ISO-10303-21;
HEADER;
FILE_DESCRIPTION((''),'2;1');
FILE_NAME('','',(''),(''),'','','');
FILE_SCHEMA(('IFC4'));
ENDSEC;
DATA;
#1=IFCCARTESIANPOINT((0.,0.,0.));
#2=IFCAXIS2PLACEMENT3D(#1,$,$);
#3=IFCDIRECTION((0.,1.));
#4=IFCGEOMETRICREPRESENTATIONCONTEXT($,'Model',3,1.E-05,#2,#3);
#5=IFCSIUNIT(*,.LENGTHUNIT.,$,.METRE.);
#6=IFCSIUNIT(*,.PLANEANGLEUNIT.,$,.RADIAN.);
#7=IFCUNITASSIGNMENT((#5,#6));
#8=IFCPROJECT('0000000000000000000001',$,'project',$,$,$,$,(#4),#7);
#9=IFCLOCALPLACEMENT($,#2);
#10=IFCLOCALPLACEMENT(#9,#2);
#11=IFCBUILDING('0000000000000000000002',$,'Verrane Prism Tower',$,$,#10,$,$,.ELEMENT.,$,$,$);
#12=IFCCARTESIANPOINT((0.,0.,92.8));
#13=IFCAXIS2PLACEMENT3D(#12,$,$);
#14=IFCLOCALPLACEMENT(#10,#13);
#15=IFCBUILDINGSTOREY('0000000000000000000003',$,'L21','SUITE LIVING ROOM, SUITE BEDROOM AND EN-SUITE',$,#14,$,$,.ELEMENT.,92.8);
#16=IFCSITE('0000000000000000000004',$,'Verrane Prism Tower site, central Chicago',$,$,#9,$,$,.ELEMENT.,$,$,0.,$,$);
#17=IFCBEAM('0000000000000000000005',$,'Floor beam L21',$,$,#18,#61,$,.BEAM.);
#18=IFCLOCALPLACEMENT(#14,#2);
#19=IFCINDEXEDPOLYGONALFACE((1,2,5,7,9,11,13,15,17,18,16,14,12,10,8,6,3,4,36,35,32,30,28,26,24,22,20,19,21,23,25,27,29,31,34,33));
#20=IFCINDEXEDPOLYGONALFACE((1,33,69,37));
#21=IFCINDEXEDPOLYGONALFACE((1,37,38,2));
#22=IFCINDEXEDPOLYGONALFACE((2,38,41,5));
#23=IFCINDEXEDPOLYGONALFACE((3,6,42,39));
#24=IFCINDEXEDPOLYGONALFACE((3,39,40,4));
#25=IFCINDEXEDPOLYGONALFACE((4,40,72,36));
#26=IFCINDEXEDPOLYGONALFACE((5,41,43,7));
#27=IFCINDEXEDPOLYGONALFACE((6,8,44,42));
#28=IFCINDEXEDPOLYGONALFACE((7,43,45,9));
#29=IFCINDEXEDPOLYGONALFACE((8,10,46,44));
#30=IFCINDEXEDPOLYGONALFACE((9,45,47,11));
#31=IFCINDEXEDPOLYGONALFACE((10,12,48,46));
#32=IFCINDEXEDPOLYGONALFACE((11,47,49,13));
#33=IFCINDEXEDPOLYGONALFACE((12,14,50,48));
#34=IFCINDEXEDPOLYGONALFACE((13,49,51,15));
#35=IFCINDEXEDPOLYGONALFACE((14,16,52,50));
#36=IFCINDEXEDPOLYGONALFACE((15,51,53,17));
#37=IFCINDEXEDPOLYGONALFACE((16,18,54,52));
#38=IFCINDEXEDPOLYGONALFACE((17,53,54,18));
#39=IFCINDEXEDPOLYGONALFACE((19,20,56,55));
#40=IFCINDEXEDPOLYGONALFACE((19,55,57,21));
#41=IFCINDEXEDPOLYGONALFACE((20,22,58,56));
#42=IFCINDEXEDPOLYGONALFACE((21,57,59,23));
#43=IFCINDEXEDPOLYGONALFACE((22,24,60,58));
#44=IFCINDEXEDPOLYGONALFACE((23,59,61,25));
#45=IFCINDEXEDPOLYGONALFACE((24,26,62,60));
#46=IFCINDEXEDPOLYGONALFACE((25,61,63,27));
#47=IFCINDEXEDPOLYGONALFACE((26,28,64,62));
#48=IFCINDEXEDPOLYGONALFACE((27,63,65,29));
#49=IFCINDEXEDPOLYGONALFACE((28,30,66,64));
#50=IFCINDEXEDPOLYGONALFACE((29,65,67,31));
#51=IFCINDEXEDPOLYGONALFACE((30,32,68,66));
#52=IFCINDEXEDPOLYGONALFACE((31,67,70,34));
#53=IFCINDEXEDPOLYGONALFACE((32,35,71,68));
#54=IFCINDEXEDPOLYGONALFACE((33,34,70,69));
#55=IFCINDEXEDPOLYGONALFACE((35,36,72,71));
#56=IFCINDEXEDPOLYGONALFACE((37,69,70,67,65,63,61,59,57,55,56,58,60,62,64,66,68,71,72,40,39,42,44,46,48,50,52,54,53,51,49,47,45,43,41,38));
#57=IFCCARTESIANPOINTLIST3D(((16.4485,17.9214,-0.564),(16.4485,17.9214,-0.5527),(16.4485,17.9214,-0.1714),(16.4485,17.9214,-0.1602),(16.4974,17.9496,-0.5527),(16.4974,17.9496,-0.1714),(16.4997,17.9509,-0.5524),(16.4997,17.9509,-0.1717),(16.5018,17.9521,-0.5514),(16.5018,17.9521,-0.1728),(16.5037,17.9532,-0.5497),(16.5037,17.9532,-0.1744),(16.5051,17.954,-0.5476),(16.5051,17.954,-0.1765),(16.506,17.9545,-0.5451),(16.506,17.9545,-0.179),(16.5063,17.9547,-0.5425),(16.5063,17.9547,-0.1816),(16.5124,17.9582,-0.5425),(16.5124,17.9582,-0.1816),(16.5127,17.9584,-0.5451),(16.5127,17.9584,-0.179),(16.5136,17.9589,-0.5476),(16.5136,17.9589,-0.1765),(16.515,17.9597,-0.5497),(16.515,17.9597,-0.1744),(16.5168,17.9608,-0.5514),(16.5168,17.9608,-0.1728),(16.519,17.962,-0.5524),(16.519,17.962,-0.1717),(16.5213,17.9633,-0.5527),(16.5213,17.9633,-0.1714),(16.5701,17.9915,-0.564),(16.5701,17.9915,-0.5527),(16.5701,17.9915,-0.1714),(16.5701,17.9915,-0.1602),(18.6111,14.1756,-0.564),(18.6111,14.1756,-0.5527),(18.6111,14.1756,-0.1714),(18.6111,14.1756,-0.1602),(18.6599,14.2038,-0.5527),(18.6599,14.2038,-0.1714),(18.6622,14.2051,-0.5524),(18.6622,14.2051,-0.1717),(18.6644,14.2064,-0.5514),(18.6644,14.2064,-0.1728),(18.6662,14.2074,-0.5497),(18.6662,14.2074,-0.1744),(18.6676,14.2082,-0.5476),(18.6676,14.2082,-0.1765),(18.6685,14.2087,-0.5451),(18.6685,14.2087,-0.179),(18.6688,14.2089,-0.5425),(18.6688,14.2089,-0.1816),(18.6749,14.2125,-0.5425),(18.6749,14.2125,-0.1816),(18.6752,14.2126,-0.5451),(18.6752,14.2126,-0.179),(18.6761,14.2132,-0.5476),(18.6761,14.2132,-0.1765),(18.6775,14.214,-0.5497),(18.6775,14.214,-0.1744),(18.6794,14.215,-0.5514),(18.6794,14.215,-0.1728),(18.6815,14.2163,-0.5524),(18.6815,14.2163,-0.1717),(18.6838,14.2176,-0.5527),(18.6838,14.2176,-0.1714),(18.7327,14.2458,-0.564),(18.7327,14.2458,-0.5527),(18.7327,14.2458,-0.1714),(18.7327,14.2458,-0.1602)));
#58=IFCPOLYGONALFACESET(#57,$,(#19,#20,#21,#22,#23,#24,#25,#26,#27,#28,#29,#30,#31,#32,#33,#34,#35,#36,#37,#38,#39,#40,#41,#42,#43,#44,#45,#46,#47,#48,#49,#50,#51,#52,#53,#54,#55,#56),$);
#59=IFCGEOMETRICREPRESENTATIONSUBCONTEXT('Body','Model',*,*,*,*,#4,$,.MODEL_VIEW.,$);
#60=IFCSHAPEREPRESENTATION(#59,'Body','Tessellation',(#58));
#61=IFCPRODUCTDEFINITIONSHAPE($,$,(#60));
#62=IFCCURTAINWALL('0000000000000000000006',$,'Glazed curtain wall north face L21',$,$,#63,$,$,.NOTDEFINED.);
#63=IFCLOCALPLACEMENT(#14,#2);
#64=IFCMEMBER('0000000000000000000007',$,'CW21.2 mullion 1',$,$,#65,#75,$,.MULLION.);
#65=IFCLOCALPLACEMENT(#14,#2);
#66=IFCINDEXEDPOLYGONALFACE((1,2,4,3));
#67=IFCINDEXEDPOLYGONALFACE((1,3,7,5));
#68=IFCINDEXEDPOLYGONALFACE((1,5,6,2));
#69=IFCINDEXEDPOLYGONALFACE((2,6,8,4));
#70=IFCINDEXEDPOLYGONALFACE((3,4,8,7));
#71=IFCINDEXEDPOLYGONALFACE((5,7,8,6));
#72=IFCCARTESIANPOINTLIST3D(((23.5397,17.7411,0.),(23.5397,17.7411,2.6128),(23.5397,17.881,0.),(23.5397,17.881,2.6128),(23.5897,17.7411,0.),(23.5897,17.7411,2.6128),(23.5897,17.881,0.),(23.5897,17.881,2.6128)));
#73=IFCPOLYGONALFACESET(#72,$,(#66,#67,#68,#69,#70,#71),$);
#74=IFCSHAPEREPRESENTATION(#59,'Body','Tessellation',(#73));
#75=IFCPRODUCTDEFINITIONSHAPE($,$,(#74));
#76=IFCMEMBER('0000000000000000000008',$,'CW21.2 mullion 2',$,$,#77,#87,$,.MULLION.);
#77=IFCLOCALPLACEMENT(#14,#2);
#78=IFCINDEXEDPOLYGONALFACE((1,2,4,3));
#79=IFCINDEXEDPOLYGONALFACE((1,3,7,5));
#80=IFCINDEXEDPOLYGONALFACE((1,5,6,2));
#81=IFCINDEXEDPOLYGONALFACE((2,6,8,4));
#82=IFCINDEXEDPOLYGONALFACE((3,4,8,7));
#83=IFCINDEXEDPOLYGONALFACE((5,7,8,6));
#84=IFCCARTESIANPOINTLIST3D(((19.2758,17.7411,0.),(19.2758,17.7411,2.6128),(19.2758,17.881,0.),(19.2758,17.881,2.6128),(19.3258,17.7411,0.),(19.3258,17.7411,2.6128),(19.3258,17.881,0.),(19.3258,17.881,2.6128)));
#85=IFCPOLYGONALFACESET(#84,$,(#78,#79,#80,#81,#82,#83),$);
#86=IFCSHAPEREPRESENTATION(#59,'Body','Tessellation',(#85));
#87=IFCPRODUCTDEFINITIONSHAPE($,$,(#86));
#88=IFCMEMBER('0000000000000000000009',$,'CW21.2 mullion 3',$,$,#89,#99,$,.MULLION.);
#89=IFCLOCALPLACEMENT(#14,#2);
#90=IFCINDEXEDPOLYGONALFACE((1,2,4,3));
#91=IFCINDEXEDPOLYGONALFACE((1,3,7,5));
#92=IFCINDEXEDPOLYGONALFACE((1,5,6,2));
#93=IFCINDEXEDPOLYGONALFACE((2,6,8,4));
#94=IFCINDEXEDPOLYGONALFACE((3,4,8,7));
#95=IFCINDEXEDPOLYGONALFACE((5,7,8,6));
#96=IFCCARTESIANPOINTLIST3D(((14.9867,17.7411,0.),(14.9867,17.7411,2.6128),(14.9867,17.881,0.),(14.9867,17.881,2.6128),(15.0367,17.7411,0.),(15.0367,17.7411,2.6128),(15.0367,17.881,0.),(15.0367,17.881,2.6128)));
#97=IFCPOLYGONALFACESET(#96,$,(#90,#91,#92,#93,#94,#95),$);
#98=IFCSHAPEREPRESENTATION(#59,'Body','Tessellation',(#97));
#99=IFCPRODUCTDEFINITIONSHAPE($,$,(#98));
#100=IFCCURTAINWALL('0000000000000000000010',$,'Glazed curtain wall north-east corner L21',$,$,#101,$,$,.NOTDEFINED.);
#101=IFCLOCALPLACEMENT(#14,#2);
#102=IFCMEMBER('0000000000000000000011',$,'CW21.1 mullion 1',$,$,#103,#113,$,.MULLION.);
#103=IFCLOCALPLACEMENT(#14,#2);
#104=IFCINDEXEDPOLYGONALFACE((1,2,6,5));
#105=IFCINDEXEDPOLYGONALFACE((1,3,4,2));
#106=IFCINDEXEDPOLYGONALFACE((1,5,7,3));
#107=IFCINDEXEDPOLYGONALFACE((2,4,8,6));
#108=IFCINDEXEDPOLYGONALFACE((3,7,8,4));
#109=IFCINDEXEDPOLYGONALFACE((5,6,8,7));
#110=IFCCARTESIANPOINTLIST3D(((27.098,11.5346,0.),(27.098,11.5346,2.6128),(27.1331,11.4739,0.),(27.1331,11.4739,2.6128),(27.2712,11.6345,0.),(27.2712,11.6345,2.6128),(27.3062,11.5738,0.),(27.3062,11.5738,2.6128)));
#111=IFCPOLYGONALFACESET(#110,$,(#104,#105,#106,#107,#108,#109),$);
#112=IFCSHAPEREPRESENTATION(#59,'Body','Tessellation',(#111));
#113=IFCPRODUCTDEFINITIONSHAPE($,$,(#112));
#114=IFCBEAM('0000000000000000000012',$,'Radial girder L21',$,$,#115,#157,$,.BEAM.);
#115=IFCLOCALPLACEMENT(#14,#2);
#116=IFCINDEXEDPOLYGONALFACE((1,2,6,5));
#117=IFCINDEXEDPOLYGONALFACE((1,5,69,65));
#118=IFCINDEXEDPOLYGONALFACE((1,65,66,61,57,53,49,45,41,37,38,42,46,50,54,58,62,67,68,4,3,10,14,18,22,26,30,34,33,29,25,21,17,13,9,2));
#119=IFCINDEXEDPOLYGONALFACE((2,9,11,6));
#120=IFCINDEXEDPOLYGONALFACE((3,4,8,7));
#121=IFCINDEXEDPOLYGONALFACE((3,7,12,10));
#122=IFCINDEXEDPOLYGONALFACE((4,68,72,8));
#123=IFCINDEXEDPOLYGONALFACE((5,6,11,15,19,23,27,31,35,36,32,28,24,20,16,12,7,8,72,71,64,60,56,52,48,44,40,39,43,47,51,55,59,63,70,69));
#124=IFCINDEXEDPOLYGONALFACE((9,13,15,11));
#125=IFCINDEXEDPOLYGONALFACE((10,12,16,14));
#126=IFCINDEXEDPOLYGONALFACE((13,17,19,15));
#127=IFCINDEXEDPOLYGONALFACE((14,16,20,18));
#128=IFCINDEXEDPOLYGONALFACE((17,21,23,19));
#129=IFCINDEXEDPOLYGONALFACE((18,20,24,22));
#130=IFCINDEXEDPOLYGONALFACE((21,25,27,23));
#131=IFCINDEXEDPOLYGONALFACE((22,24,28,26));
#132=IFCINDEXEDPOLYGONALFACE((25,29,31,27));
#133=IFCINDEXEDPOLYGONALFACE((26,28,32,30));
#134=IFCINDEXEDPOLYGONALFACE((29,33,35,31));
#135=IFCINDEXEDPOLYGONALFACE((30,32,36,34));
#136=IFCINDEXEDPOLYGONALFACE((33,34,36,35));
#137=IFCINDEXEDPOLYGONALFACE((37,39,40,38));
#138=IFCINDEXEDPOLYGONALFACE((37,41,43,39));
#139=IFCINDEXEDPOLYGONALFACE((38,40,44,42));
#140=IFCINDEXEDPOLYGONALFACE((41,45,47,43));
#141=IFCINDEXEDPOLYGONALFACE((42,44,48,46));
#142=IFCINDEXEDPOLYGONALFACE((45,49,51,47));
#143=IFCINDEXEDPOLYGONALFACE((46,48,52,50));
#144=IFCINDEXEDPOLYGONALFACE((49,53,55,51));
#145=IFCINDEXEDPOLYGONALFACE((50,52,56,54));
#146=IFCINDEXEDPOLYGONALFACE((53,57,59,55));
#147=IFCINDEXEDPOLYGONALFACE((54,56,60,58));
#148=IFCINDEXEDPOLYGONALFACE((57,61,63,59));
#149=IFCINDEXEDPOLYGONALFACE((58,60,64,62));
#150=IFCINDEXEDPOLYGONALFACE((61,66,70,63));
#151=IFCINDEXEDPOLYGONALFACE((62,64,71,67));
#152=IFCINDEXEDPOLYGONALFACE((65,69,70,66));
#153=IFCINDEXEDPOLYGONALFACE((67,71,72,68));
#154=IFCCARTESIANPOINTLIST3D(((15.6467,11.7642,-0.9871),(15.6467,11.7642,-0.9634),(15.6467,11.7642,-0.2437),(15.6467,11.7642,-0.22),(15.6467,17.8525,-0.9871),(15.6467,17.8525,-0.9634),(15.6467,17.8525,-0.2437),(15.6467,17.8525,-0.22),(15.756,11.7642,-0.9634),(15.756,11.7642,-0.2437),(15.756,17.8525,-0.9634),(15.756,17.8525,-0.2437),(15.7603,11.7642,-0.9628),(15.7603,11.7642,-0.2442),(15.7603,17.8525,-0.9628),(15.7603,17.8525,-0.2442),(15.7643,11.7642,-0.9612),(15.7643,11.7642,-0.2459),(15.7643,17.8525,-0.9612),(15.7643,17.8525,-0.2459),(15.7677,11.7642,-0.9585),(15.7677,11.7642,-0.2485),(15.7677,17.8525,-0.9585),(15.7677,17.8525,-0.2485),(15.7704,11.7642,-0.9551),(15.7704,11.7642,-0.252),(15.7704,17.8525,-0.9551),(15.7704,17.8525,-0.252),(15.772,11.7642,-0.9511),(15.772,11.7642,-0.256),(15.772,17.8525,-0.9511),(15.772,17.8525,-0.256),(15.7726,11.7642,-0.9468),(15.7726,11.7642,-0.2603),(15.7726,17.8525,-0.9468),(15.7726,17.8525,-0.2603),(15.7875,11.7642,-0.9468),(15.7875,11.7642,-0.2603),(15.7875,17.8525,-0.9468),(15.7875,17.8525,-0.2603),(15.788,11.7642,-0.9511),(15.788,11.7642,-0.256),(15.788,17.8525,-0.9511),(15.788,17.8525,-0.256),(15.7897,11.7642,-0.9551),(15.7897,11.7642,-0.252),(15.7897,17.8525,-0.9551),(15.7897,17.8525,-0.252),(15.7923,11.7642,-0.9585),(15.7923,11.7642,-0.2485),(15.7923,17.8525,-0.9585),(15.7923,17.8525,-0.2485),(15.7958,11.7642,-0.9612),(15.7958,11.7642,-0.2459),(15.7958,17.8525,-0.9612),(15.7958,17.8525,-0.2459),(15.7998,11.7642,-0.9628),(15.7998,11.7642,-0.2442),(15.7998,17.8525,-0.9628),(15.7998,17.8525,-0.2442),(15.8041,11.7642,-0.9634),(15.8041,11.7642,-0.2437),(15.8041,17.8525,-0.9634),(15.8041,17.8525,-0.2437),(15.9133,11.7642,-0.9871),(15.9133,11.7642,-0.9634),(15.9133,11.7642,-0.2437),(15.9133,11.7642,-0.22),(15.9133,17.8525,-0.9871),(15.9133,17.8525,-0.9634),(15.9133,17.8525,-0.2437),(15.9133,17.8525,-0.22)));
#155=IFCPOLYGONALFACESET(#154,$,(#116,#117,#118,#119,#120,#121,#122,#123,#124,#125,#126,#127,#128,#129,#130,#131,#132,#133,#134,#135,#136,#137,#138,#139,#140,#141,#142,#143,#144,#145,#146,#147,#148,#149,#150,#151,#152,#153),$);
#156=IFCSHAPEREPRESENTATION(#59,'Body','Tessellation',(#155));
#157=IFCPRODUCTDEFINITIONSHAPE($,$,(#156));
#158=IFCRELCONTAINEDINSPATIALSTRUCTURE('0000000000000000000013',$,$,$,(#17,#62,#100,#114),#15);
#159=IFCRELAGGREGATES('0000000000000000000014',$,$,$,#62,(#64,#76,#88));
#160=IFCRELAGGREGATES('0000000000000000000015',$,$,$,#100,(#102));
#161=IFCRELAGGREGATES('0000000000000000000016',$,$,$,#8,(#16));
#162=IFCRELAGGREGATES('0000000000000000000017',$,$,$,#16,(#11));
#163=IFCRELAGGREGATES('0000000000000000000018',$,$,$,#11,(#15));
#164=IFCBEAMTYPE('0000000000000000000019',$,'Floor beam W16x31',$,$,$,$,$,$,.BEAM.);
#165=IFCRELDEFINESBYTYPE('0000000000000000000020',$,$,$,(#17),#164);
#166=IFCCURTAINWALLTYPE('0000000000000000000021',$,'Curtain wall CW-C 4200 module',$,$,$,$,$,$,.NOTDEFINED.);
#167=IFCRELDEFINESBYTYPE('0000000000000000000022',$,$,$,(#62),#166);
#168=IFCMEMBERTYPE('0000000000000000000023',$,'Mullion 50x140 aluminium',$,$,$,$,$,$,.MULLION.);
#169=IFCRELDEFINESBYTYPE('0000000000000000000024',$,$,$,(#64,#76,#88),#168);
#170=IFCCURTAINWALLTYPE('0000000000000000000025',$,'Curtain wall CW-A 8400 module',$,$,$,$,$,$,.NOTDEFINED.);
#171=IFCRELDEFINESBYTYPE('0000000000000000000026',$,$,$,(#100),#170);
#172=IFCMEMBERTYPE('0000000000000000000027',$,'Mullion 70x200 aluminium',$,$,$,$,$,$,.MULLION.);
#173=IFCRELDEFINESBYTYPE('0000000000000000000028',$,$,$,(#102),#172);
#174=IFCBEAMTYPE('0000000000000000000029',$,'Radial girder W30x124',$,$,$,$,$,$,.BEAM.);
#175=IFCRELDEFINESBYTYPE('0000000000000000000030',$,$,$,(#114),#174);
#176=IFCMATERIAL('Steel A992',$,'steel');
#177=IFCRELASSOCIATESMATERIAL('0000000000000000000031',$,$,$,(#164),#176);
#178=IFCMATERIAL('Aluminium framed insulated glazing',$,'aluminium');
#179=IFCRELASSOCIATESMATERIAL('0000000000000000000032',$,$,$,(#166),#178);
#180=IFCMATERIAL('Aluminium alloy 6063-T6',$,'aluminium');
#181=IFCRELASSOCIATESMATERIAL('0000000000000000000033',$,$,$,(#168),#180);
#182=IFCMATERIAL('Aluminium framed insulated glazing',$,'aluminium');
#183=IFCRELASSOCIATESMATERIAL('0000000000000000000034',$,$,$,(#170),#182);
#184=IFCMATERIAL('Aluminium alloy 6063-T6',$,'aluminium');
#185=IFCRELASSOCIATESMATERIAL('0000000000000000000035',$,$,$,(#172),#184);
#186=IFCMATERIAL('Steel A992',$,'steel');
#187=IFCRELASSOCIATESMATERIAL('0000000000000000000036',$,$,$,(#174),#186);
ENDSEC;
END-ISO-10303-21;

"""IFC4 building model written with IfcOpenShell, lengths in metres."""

from ifc_helpers import new_model, si_unit, direction, frame, origin, origin_2d, place, context, subcontext, project, spatial, rectangle, i_section, extrude, material, material_profile, profile_set, type_object, element, aggregate, save


model = new_model("IFC4")

# Units and contexts
model_context = context("Model", 3, precision=1e-05, world=origin(), true_north=direction((0.0, 1.0)))
body_context = subcontext(model_context, "Body", "Model", "MODEL_VIEW")
ifc_project = project(units=[si_unit("LENGTHUNIT", "METRE"), si_unit("PLANEANGLEUNIT", "RADIAN")], contexts=[model_context])

# Site, building, storey
site_placement = place(None, origin())
site = spatial("IfcSite", under=ifc_project, at=site_placement, Name="Verrane Prism Tower site, central Chicago", CompositionType="ELEMENT", RefElevation=0.0)
building_placement = place(site_placement, origin())
building = spatial("IfcBuilding", under=site, at=building_placement, Name="Verrane Prism Tower", CompositionType="ELEMENT")
storey_placement = place(building_placement, frame((0.0, 0.0, 92.8)))
storey = spatial("IfcBuildingStorey", under=building, at=storey_placement, Name="L21", Description="SUITE LIVING ROOM, SUITE BEDROOM AND EN-SUITE", CompositionType="ELEMENT", Elevation=92.8)

# Beam
ifc_material_1 = material(Name="Steel A992", Category="steel")
ifc_material_profile_1 = material_profile(ifc_material_1, i_section(OverallWidth=0.1404, OverallDepth=0.4038, WebThickness=0.0071, FlangeThickness=0.0112, FilletRadius=0.0103, at=origin_2d()), Name="W16x31")
ifc_profile_set_1 = profile_set([ifc_material_profile_1], Name="Steel A992")
beam_type_1 = type_object("IfcBeamType", Name="Floor beam W16x31", PredefinedType="BEAM", material=ifc_profile_set_1)
beam_1_placement = place(storey_placement, frame((18.6719, 14.2107, -0.3621), z_axis=(-0.499988, 0.866032, 0.0), x_axis=(-0.866032, -0.499988, 0.0)))
element("IfcBeam", 1, at=beam_1_placement, inside=storey, type_object=beam_type_1, Name="Floor beam L21", PredefinedType="BEAM", context=body_context, shape_type="SweptSolid", body=[
    extrude(i_section(OverallWidth=0.1404, OverallDepth=0.4038, WebThickness=0.0071, FlangeThickness=0.0112, FilletRadius=0.0103, at=origin_2d()), origin(), (0.0, 0.0, 1.0), 4.3252),
])

# Curtain wall, members
ifc_material_2 = material(Name="Aluminium framed insulated glazing", Category="aluminium")
curtain_wall_type_1 = type_object("IfcCurtainWallType", Name="Curtain wall CW-C 4200 module", PredefinedType="NOTDEFINED", material=ifc_material_2)
curtain_wall_1_placement = place(storey_placement, origin())
curtain_wall_1 = element("IfcCurtainWall", 2, at=curtain_wall_1_placement, inside=storey, type_object=curtain_wall_type_1, Name="Glazed curtain wall north face L21", PredefinedType="NOTDEFINED")
ifc_material_3 = material(Name="Aluminium alloy 6063-T6", Category="aluminium")
ifc_material_profile_2 = material_profile(ifc_material_3, rectangle(XDim=0.1399, YDim=0.05, at=origin_2d()), Name="Mullion 50x140 aluminium")
ifc_profile_set_2 = profile_set([ifc_material_profile_2], Name="Aluminium alloy 6063-T6")
member_type_1 = type_object("IfcMemberType", Name="Mullion 50x140 aluminium", PredefinedType="MULLION", material=ifc_profile_set_2)
member_1_placement = place(storey_placement, frame((23.5647, 17.811, 0.0), z_axis=(0.0, 0.0, 1.0), x_axis=(0.0, -1.0, 0.0)))
member_1 = element("IfcMember", 3, at=member_1_placement, type_object=member_type_1, Name="CW21.2 mullion 1", PredefinedType="MULLION", context=body_context, shape_type="SweptSolid", body=[
    extrude(rectangle(XDim=0.1399, YDim=0.05, at=origin_2d()), origin(), (0.0, 0.0, 1.0), 2.6128),
])
member_2_placement = place(storey_placement, frame((19.3008, 17.811, 0.0), z_axis=(0.0, 0.0, 1.0), x_axis=(0.0, -1.0, 0.0)))
member_2 = element("IfcMember", 4, at=member_2_placement, type_object=member_type_1, Name="CW21.2 mullion 2", PredefinedType="MULLION", context=body_context, shape_type="SweptSolid", body=[
    extrude(rectangle(XDim=0.1399, YDim=0.05, at=origin_2d()), origin(), (0.0, 0.0, 1.0), 2.6128),
])
member_3_placement = place(storey_placement, frame((15.0117, 17.811, 0.0), z_axis=(0.0, 0.0, 1.0), x_axis=(0.0, -1.0, 0.0)))
member_3 = element("IfcMember", 5, at=member_3_placement, type_object=member_type_1, Name="CW21.2 mullion 3", PredefinedType="MULLION", context=body_context, shape_type="SweptSolid", body=[
    extrude(rectangle(XDim=0.1399, YDim=0.05, at=origin_2d()), origin(), (0.0, 0.0, 1.0), 2.6128),
])

# Curtain wall, member
ifc_material_4 = material(Name="Aluminium framed insulated glazing", Category="aluminium")
curtain_wall_type_2 = type_object("IfcCurtainWallType", Name="Curtain wall CW-A 8400 module", PredefinedType="NOTDEFINED", material=ifc_material_4)
curtain_wall_2_placement = place(storey_placement, origin())
curtain_wall_2 = element("IfcCurtainWall", 6, at=curtain_wall_2_placement, inside=storey, type_object=curtain_wall_type_2, Name="Glazed curtain wall north-east corner L21", PredefinedType="NOTDEFINED")
ifc_material_5 = material(Name="Aluminium alloy 6063-T6", Category="aluminium")
ifc_material_profile_3 = material_profile(ifc_material_5, rectangle(XDim=0.2, YDim=0.0701, at=origin_2d()), Name="Mullion 70x200 aluminium")
ifc_profile_set_3 = profile_set([ifc_material_profile_3], Name="Aluminium alloy 6063-T6")
member_type_2 = type_object("IfcMemberType", Name="Mullion 70x200 aluminium", PredefinedType="MULLION", material=ifc_profile_set_3)
member_4_placement = place(storey_placement, frame((27.2021, 11.5542, 0.0), z_axis=(0.0, 0.0, 1.0), x_axis=(-0.866026, -0.499998, 0.0)))
member_4 = element("IfcMember", 7, at=member_4_placement, type_object=member_type_2, Name="CW21.1 mullion 1", PredefinedType="MULLION", context=body_context, shape_type="SweptSolid", body=[
    extrude(rectangle(XDim=0.2, YDim=0.0701, at=origin_2d()), origin(), (0.0, 0.0, 1.0), 2.6128),
])

# Beam
ifc_material_6 = material(Name="Steel A992", Category="steel")
ifc_material_profile_4 = material_profile(ifc_material_6, i_section(OverallWidth=0.2666, OverallDepth=0.7671, WebThickness=0.0149, FlangeThickness=0.0237, FilletRadius=0.0166, at=origin_2d()), Name="W30x124")
ifc_profile_set_4 = profile_set([ifc_material_profile_4], Name="Steel A992")
beam_type_2 = type_object("IfcBeamType", Name="Radial girder W30x124", PredefinedType="BEAM", material=ifc_profile_set_4)
beam_2_placement = place(storey_placement, frame((15.78, 17.8525, -0.6035), z_axis=(0.0, -1.0, 0.0), x_axis=(1.0, 0.0, 0.0)))
element("IfcBeam", 8, at=beam_2_placement, inside=storey, type_object=beam_type_2, Name="Radial girder L21", PredefinedType="BEAM", context=body_context, shape_type="SweptSolid", body=[
    extrude(i_section(OverallWidth=0.2666, OverallDepth=0.7671, WebThickness=0.0149, FlangeThickness=0.0237, FilletRadius=0.0166, at=origin_2d()), origin(), (0.0, 0.0, 1.0), 6.0884),
])

aggregate(curtain_wall_1, [member_1, member_2, member_3])
aggregate(curtain_wall_2, [member_4])

save(model, "model.ifc")
